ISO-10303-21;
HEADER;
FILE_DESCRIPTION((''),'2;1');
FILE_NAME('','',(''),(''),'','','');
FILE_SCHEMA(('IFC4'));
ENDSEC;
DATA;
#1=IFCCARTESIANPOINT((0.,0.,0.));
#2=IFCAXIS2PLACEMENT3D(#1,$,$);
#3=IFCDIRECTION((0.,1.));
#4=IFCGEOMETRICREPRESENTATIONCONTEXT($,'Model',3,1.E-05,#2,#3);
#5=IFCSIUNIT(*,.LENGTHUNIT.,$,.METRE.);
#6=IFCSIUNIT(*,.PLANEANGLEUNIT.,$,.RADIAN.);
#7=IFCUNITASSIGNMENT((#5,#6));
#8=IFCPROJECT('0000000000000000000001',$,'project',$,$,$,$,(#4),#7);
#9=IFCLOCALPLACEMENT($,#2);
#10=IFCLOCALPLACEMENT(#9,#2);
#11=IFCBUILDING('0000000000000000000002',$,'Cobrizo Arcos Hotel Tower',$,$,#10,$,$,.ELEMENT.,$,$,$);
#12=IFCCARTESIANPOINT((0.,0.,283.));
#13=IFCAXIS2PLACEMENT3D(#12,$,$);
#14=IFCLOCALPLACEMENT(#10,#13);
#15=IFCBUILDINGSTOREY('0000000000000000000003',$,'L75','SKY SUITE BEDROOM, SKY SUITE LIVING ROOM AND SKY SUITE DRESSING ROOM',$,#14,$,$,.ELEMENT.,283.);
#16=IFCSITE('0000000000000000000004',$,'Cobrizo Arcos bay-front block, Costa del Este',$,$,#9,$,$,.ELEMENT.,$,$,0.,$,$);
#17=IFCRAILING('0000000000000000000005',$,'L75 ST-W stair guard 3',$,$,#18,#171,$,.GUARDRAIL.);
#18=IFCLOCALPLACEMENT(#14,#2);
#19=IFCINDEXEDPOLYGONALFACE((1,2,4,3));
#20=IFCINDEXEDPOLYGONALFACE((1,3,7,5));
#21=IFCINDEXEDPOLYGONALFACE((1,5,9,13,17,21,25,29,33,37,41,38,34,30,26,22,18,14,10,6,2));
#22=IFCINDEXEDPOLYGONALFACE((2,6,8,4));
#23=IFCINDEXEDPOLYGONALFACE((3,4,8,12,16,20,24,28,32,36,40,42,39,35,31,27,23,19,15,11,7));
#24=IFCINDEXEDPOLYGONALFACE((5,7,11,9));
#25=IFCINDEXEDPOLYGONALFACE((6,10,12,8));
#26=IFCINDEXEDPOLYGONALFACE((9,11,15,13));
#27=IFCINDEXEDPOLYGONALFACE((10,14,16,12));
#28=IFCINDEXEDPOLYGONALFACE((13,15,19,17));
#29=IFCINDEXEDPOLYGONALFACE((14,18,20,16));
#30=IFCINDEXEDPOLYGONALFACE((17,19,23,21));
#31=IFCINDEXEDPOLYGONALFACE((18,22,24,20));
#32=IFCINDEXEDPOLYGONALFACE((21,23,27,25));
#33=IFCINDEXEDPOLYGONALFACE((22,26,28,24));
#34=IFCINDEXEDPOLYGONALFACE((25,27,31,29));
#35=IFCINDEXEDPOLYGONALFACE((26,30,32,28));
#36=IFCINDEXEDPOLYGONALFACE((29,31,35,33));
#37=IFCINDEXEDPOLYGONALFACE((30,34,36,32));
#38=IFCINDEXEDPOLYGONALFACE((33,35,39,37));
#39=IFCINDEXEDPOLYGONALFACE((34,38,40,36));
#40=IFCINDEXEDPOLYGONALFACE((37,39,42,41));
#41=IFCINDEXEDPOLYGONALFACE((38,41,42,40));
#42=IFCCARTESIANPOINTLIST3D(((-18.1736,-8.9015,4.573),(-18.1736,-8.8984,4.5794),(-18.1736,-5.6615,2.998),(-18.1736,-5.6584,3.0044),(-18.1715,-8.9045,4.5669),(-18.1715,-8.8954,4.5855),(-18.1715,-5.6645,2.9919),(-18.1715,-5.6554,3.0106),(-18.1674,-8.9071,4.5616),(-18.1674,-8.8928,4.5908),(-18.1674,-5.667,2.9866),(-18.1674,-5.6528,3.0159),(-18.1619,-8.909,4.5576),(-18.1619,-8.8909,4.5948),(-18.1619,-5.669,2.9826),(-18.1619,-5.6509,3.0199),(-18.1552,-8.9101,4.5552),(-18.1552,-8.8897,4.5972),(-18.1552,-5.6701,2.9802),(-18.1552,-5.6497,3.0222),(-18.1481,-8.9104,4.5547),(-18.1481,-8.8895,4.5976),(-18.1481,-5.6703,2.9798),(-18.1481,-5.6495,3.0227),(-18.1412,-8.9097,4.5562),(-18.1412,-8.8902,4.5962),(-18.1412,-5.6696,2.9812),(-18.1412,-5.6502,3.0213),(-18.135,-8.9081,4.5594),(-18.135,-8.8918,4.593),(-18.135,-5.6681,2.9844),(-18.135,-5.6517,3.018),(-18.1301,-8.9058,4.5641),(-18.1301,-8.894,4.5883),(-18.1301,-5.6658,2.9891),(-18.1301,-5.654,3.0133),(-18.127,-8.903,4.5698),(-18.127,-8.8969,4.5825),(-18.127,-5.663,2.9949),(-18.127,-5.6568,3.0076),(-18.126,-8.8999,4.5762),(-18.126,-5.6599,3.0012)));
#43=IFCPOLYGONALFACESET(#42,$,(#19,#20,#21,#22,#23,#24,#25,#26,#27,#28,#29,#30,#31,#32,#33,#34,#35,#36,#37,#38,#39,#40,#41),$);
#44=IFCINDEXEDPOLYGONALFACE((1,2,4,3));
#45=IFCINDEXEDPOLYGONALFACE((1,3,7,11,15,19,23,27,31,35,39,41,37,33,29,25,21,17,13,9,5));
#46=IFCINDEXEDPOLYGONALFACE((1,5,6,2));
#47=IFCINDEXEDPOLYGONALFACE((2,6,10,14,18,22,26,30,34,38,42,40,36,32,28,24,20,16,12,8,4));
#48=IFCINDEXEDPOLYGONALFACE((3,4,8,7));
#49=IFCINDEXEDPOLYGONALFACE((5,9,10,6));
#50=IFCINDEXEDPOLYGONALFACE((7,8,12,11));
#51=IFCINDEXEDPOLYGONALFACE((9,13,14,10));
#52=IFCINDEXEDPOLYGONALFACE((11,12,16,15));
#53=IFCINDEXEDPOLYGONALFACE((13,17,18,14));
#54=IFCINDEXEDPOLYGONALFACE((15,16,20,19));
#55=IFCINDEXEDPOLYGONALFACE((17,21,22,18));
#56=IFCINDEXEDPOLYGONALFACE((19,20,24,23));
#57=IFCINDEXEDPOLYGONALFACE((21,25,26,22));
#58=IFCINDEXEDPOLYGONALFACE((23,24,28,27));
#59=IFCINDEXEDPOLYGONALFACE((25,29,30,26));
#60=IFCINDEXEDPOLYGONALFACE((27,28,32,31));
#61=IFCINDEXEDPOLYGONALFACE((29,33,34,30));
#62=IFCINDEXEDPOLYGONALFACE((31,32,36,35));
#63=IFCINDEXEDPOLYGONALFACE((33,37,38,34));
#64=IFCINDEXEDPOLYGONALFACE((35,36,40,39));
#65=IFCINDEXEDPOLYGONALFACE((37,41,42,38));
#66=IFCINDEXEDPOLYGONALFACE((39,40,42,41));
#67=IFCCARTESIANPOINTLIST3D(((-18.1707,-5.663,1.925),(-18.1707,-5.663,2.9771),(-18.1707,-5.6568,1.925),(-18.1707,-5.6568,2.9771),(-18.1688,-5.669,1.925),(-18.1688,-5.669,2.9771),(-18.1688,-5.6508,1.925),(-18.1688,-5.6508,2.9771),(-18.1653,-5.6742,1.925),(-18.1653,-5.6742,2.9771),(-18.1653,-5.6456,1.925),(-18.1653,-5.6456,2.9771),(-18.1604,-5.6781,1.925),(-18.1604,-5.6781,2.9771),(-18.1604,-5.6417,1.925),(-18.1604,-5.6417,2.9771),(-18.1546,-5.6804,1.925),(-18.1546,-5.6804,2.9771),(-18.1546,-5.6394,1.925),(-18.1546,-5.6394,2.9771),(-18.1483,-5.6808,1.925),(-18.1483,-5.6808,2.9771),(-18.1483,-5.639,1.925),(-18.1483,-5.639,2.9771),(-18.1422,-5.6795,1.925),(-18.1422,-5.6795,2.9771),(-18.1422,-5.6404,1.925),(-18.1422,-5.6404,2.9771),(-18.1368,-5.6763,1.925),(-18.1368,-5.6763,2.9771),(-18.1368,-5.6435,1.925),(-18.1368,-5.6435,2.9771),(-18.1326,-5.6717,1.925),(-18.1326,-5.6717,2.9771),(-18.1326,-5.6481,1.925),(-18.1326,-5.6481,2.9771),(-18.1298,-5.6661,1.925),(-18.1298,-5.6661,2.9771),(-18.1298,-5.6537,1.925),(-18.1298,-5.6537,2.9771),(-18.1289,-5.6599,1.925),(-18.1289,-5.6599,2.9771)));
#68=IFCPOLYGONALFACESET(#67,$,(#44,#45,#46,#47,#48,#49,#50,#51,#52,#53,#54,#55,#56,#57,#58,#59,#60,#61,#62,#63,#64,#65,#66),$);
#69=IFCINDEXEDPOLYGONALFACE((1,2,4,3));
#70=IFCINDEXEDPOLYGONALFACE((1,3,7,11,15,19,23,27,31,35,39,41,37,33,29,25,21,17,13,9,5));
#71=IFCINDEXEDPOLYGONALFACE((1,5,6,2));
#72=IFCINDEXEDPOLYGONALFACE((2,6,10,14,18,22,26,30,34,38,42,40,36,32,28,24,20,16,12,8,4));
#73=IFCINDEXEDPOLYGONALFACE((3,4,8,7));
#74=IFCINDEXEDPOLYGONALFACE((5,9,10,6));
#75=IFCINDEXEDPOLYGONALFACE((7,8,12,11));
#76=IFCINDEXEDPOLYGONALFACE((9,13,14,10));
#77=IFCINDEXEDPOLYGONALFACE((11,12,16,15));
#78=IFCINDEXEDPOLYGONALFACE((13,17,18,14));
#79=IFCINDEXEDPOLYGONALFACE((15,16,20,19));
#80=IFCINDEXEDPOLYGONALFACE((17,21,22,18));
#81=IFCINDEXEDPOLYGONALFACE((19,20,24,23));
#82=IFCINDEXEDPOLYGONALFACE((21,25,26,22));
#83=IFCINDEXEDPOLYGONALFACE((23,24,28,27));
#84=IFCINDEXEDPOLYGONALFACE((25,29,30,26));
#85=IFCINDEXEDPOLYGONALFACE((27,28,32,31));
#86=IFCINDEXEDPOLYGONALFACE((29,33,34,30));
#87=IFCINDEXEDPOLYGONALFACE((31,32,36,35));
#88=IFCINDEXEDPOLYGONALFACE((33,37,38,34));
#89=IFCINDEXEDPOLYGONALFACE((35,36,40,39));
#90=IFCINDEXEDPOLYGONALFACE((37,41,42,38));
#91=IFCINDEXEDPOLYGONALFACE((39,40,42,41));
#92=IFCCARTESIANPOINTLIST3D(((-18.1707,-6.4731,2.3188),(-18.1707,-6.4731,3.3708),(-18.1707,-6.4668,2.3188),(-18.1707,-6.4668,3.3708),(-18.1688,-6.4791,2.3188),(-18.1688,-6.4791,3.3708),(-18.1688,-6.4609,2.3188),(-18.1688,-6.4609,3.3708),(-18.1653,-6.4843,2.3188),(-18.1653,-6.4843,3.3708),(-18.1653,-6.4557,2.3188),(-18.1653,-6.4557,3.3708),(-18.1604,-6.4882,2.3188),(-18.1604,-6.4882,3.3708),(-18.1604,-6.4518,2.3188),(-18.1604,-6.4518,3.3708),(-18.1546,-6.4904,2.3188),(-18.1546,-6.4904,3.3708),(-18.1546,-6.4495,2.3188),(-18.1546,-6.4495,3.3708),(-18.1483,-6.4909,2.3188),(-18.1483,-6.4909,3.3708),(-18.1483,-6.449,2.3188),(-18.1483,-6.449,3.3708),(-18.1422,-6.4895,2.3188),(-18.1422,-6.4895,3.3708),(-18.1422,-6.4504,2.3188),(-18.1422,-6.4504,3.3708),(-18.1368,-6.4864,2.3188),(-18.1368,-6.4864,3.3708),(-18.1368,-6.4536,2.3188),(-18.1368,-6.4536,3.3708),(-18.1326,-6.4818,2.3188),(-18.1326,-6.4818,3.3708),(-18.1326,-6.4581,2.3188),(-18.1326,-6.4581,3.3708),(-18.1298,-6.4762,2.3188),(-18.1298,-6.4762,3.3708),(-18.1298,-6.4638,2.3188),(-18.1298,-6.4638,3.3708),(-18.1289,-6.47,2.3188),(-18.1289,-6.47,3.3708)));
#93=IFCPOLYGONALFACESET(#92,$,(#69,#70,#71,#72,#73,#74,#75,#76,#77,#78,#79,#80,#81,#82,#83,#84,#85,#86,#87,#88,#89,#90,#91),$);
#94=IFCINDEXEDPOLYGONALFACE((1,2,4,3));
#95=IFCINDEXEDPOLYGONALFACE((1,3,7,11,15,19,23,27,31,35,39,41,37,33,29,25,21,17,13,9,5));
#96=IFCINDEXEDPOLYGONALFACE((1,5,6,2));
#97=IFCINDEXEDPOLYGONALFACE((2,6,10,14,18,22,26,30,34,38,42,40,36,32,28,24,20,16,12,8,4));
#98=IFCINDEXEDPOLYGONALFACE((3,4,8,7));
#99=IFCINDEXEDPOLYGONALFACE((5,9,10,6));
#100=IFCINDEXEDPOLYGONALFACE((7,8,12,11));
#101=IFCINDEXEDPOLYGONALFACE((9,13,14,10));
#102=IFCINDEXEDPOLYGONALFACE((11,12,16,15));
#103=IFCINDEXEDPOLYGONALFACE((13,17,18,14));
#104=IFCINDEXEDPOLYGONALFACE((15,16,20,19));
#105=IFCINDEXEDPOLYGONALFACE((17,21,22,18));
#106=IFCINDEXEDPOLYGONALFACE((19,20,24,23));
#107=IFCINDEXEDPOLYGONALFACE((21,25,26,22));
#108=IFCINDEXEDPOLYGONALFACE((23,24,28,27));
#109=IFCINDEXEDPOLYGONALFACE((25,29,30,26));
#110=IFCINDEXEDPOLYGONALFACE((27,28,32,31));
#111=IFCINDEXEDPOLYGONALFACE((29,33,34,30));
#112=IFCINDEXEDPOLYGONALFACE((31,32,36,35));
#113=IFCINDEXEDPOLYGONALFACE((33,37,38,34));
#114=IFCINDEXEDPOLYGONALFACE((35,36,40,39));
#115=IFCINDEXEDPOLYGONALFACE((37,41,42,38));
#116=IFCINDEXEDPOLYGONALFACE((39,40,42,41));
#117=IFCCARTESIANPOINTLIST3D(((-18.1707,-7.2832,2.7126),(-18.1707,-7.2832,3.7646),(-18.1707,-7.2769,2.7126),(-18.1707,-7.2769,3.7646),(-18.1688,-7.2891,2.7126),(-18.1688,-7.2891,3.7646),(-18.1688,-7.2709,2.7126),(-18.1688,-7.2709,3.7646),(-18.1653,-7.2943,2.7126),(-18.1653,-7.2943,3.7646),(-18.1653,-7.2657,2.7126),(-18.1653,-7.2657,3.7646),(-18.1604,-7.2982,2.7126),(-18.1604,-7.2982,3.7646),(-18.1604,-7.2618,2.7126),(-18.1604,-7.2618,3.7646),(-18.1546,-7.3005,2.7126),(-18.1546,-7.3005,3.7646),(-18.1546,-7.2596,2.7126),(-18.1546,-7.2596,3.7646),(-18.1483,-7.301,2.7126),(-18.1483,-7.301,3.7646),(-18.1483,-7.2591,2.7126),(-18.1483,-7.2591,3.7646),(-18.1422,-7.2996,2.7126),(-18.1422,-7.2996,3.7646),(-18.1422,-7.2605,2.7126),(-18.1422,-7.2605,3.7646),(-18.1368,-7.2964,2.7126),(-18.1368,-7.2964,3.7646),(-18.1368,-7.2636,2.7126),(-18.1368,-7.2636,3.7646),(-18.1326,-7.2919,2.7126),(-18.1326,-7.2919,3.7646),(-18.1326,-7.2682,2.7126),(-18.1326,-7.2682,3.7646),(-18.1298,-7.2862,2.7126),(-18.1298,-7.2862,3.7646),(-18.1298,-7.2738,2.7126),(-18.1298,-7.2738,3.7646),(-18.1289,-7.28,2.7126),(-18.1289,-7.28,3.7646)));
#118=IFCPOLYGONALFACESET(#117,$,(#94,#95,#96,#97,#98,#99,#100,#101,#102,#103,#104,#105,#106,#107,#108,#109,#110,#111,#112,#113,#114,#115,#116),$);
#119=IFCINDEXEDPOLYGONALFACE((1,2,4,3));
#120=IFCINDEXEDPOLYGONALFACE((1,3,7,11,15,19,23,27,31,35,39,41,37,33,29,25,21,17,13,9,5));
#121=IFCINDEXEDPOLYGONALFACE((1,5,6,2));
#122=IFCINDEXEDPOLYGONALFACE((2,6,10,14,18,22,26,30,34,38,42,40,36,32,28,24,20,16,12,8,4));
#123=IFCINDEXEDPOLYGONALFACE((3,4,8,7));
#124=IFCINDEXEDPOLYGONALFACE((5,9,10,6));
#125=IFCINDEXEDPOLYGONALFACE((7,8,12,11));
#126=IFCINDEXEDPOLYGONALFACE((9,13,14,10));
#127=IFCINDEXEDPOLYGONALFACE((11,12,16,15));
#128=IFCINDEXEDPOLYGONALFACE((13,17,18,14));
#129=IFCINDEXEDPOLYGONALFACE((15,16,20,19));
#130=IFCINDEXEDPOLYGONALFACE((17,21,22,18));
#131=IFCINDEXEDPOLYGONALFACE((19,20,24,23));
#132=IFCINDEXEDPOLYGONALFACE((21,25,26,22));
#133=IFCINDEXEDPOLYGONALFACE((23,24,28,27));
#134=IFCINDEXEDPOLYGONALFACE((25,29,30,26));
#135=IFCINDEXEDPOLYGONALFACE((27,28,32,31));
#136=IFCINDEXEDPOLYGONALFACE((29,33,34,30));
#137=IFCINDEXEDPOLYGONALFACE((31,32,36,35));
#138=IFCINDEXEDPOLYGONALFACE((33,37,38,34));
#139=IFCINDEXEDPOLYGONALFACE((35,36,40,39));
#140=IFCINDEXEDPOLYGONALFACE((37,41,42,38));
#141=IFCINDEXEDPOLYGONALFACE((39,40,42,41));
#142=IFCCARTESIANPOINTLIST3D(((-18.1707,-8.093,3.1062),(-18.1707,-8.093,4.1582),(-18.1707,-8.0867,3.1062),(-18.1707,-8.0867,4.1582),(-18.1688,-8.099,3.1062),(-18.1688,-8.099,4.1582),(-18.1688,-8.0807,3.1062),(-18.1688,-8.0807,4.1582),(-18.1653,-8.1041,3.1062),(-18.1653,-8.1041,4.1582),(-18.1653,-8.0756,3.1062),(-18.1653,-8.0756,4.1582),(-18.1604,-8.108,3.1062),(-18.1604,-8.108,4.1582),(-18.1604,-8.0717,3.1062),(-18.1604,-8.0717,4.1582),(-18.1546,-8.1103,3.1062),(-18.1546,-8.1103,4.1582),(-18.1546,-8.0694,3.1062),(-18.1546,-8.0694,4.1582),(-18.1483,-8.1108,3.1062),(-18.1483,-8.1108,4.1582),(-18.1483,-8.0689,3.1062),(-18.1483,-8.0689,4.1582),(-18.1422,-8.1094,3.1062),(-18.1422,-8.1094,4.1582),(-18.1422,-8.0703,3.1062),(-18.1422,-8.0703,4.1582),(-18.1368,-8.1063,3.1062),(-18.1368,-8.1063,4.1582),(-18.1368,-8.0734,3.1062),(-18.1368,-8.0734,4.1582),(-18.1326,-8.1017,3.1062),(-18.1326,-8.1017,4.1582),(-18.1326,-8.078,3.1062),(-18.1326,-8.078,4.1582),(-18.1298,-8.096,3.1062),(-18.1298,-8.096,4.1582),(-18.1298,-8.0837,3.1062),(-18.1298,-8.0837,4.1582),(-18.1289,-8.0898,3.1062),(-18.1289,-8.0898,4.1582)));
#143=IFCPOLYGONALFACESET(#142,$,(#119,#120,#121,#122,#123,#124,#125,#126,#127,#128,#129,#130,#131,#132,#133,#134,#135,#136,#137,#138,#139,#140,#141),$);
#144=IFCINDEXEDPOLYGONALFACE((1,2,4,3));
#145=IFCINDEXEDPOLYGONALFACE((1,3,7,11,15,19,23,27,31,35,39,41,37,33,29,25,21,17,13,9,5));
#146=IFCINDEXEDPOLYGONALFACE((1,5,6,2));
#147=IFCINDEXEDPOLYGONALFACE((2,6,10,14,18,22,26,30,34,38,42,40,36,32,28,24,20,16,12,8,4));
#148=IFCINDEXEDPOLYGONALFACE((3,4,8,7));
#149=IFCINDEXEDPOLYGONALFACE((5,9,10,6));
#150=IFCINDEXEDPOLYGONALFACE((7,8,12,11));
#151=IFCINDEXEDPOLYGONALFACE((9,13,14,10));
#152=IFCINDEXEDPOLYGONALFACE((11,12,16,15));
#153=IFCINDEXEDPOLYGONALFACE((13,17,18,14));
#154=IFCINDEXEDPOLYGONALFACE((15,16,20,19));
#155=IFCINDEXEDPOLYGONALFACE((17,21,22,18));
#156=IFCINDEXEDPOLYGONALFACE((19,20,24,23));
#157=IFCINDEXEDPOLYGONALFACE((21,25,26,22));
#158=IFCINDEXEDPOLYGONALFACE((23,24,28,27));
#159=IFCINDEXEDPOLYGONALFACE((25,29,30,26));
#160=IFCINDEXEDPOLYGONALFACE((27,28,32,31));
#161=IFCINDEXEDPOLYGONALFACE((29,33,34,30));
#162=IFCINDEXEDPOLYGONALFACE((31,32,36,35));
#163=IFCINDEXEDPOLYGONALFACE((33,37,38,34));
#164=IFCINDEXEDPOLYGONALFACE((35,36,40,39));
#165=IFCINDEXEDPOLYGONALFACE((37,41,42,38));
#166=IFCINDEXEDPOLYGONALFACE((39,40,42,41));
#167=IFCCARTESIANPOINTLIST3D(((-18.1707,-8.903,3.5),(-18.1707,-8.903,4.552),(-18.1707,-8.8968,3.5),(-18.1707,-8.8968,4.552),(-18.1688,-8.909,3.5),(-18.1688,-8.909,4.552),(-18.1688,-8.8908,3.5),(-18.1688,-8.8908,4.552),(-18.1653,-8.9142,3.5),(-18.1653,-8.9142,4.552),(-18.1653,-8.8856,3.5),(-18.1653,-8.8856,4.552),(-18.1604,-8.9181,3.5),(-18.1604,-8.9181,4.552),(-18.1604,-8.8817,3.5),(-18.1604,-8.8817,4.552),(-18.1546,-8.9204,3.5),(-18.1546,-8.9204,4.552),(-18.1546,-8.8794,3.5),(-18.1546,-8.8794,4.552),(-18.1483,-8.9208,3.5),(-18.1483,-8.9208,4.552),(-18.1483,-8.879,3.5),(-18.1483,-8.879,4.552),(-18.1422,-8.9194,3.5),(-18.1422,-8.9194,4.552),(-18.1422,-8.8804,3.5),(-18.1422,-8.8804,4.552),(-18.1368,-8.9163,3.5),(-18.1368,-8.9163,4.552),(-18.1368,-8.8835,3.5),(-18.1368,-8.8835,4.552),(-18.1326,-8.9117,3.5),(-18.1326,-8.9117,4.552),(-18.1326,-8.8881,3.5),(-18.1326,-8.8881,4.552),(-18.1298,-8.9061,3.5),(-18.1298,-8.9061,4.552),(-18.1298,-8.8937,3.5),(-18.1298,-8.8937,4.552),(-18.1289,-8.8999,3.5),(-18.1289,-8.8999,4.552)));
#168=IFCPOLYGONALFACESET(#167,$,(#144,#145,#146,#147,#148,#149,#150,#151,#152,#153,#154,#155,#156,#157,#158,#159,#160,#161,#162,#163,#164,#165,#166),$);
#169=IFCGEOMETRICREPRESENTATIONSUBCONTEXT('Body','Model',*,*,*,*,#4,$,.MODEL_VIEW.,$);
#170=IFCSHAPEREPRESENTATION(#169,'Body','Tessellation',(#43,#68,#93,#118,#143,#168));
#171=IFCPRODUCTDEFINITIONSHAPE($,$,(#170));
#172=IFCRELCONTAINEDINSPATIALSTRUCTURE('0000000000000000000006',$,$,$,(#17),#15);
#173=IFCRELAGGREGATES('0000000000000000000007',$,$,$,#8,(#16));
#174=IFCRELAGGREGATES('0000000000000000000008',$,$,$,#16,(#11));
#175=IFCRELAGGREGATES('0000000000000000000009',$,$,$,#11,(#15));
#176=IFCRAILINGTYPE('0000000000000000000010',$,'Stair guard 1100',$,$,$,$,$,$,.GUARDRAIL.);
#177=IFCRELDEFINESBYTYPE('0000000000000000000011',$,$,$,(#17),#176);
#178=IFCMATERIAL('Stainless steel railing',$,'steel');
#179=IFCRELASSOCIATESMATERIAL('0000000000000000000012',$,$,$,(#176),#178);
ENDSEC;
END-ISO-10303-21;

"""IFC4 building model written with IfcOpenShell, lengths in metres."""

from ifc_helpers import new_model, si_unit, direction, frame, origin, origin_2d, place, context, subcontext, project, spatial, circle, extrude, material, type_object, element, save


model = new_model("IFC4")

# Units and contexts
model_context = context("Model", 3, precision=1e-05, world=origin(), true_north=direction((0.0, 1.0)))
body_context = subcontext(model_context, "Body", "Model", "MODEL_VIEW")
ifc_project = project(units=[si_unit("LENGTHUNIT", "METRE"), si_unit("PLANEANGLEUNIT", "RADIAN")], contexts=[model_context])

# Site, building, storey
site_placement = place(None, origin())
site = spatial("IfcSite", under=ifc_project, at=site_placement, Name="Cobrizo Arcos bay-front block, Costa del Este", CompositionType="ELEMENT", RefElevation=0.0)
building_placement = place(site_placement, origin())
building = spatial("IfcBuilding", under=site, at=building_placement, Name="Cobrizo Arcos Hotel Tower", CompositionType="ELEMENT")
storey_placement = place(building_placement, frame((0.0, 0.0, 283.0)))
storey = spatial("IfcBuildingStorey", under=building, at=storey_placement, Name="L75", Description="SKY SUITE BEDROOM, SKY SUITE LIVING ROOM AND SKY SUITE DRESSING ROOM", CompositionType="ELEMENT", Elevation=283.0)

# Railing
ifc_material_1 = material(Name="Stainless steel railing", Category="steel")
railing_type_1 = type_object("IfcRailingType", Name="Stair guard 1100", PredefinedType="GUARDRAIL", material=ifc_material_1)
railing_1_placement = place(storey_placement, frame((-18.1499, -5.6599, 1.925)))
element("IfcRailing", 1, at=railing_1_placement, inside=storey, type_object=railing_type_1, Name="L75 ST-W stair guard 3", PredefinedType="GUARDRAIL", context=body_context, shape_type="SweptSolid", body=[
    extrude(circle(Radius=0.0239, at=origin_2d()), frame((0.0, 0.0, 1.0762), z_axis=(0.0, -0.899373, 0.437183), x_axis=(1.0, 0.0, 0.0)), (0.0, 0.0, 1.0), 3.6025),
    extrude(circle(Radius=0.021, at=origin_2d()), origin(), (0.0, 0.0, 1.0), 1.052),
    extrude(circle(Radius=0.021, at=origin_2d()), frame((0.0, -0.8101, 0.3938)), (0.0, 0.0, 1.0), 1.052),
    extrude(circle(Radius=0.021, at=origin_2d()), frame((0.0, -1.6201, 0.7876)), (0.0, 0.0, 1.0), 1.052),
    extrude(circle(Radius=0.021, at=origin_2d()), frame((0.0, -2.4299, 1.1812)), (0.0, 0.0, 1.0), 1.052),
    extrude(circle(Radius=0.021, at=origin_2d()), frame((0.0, -3.24, 1.575)), (0.0, 0.0, 1.0), 1.052),
])

save(model, "model.ifc")
